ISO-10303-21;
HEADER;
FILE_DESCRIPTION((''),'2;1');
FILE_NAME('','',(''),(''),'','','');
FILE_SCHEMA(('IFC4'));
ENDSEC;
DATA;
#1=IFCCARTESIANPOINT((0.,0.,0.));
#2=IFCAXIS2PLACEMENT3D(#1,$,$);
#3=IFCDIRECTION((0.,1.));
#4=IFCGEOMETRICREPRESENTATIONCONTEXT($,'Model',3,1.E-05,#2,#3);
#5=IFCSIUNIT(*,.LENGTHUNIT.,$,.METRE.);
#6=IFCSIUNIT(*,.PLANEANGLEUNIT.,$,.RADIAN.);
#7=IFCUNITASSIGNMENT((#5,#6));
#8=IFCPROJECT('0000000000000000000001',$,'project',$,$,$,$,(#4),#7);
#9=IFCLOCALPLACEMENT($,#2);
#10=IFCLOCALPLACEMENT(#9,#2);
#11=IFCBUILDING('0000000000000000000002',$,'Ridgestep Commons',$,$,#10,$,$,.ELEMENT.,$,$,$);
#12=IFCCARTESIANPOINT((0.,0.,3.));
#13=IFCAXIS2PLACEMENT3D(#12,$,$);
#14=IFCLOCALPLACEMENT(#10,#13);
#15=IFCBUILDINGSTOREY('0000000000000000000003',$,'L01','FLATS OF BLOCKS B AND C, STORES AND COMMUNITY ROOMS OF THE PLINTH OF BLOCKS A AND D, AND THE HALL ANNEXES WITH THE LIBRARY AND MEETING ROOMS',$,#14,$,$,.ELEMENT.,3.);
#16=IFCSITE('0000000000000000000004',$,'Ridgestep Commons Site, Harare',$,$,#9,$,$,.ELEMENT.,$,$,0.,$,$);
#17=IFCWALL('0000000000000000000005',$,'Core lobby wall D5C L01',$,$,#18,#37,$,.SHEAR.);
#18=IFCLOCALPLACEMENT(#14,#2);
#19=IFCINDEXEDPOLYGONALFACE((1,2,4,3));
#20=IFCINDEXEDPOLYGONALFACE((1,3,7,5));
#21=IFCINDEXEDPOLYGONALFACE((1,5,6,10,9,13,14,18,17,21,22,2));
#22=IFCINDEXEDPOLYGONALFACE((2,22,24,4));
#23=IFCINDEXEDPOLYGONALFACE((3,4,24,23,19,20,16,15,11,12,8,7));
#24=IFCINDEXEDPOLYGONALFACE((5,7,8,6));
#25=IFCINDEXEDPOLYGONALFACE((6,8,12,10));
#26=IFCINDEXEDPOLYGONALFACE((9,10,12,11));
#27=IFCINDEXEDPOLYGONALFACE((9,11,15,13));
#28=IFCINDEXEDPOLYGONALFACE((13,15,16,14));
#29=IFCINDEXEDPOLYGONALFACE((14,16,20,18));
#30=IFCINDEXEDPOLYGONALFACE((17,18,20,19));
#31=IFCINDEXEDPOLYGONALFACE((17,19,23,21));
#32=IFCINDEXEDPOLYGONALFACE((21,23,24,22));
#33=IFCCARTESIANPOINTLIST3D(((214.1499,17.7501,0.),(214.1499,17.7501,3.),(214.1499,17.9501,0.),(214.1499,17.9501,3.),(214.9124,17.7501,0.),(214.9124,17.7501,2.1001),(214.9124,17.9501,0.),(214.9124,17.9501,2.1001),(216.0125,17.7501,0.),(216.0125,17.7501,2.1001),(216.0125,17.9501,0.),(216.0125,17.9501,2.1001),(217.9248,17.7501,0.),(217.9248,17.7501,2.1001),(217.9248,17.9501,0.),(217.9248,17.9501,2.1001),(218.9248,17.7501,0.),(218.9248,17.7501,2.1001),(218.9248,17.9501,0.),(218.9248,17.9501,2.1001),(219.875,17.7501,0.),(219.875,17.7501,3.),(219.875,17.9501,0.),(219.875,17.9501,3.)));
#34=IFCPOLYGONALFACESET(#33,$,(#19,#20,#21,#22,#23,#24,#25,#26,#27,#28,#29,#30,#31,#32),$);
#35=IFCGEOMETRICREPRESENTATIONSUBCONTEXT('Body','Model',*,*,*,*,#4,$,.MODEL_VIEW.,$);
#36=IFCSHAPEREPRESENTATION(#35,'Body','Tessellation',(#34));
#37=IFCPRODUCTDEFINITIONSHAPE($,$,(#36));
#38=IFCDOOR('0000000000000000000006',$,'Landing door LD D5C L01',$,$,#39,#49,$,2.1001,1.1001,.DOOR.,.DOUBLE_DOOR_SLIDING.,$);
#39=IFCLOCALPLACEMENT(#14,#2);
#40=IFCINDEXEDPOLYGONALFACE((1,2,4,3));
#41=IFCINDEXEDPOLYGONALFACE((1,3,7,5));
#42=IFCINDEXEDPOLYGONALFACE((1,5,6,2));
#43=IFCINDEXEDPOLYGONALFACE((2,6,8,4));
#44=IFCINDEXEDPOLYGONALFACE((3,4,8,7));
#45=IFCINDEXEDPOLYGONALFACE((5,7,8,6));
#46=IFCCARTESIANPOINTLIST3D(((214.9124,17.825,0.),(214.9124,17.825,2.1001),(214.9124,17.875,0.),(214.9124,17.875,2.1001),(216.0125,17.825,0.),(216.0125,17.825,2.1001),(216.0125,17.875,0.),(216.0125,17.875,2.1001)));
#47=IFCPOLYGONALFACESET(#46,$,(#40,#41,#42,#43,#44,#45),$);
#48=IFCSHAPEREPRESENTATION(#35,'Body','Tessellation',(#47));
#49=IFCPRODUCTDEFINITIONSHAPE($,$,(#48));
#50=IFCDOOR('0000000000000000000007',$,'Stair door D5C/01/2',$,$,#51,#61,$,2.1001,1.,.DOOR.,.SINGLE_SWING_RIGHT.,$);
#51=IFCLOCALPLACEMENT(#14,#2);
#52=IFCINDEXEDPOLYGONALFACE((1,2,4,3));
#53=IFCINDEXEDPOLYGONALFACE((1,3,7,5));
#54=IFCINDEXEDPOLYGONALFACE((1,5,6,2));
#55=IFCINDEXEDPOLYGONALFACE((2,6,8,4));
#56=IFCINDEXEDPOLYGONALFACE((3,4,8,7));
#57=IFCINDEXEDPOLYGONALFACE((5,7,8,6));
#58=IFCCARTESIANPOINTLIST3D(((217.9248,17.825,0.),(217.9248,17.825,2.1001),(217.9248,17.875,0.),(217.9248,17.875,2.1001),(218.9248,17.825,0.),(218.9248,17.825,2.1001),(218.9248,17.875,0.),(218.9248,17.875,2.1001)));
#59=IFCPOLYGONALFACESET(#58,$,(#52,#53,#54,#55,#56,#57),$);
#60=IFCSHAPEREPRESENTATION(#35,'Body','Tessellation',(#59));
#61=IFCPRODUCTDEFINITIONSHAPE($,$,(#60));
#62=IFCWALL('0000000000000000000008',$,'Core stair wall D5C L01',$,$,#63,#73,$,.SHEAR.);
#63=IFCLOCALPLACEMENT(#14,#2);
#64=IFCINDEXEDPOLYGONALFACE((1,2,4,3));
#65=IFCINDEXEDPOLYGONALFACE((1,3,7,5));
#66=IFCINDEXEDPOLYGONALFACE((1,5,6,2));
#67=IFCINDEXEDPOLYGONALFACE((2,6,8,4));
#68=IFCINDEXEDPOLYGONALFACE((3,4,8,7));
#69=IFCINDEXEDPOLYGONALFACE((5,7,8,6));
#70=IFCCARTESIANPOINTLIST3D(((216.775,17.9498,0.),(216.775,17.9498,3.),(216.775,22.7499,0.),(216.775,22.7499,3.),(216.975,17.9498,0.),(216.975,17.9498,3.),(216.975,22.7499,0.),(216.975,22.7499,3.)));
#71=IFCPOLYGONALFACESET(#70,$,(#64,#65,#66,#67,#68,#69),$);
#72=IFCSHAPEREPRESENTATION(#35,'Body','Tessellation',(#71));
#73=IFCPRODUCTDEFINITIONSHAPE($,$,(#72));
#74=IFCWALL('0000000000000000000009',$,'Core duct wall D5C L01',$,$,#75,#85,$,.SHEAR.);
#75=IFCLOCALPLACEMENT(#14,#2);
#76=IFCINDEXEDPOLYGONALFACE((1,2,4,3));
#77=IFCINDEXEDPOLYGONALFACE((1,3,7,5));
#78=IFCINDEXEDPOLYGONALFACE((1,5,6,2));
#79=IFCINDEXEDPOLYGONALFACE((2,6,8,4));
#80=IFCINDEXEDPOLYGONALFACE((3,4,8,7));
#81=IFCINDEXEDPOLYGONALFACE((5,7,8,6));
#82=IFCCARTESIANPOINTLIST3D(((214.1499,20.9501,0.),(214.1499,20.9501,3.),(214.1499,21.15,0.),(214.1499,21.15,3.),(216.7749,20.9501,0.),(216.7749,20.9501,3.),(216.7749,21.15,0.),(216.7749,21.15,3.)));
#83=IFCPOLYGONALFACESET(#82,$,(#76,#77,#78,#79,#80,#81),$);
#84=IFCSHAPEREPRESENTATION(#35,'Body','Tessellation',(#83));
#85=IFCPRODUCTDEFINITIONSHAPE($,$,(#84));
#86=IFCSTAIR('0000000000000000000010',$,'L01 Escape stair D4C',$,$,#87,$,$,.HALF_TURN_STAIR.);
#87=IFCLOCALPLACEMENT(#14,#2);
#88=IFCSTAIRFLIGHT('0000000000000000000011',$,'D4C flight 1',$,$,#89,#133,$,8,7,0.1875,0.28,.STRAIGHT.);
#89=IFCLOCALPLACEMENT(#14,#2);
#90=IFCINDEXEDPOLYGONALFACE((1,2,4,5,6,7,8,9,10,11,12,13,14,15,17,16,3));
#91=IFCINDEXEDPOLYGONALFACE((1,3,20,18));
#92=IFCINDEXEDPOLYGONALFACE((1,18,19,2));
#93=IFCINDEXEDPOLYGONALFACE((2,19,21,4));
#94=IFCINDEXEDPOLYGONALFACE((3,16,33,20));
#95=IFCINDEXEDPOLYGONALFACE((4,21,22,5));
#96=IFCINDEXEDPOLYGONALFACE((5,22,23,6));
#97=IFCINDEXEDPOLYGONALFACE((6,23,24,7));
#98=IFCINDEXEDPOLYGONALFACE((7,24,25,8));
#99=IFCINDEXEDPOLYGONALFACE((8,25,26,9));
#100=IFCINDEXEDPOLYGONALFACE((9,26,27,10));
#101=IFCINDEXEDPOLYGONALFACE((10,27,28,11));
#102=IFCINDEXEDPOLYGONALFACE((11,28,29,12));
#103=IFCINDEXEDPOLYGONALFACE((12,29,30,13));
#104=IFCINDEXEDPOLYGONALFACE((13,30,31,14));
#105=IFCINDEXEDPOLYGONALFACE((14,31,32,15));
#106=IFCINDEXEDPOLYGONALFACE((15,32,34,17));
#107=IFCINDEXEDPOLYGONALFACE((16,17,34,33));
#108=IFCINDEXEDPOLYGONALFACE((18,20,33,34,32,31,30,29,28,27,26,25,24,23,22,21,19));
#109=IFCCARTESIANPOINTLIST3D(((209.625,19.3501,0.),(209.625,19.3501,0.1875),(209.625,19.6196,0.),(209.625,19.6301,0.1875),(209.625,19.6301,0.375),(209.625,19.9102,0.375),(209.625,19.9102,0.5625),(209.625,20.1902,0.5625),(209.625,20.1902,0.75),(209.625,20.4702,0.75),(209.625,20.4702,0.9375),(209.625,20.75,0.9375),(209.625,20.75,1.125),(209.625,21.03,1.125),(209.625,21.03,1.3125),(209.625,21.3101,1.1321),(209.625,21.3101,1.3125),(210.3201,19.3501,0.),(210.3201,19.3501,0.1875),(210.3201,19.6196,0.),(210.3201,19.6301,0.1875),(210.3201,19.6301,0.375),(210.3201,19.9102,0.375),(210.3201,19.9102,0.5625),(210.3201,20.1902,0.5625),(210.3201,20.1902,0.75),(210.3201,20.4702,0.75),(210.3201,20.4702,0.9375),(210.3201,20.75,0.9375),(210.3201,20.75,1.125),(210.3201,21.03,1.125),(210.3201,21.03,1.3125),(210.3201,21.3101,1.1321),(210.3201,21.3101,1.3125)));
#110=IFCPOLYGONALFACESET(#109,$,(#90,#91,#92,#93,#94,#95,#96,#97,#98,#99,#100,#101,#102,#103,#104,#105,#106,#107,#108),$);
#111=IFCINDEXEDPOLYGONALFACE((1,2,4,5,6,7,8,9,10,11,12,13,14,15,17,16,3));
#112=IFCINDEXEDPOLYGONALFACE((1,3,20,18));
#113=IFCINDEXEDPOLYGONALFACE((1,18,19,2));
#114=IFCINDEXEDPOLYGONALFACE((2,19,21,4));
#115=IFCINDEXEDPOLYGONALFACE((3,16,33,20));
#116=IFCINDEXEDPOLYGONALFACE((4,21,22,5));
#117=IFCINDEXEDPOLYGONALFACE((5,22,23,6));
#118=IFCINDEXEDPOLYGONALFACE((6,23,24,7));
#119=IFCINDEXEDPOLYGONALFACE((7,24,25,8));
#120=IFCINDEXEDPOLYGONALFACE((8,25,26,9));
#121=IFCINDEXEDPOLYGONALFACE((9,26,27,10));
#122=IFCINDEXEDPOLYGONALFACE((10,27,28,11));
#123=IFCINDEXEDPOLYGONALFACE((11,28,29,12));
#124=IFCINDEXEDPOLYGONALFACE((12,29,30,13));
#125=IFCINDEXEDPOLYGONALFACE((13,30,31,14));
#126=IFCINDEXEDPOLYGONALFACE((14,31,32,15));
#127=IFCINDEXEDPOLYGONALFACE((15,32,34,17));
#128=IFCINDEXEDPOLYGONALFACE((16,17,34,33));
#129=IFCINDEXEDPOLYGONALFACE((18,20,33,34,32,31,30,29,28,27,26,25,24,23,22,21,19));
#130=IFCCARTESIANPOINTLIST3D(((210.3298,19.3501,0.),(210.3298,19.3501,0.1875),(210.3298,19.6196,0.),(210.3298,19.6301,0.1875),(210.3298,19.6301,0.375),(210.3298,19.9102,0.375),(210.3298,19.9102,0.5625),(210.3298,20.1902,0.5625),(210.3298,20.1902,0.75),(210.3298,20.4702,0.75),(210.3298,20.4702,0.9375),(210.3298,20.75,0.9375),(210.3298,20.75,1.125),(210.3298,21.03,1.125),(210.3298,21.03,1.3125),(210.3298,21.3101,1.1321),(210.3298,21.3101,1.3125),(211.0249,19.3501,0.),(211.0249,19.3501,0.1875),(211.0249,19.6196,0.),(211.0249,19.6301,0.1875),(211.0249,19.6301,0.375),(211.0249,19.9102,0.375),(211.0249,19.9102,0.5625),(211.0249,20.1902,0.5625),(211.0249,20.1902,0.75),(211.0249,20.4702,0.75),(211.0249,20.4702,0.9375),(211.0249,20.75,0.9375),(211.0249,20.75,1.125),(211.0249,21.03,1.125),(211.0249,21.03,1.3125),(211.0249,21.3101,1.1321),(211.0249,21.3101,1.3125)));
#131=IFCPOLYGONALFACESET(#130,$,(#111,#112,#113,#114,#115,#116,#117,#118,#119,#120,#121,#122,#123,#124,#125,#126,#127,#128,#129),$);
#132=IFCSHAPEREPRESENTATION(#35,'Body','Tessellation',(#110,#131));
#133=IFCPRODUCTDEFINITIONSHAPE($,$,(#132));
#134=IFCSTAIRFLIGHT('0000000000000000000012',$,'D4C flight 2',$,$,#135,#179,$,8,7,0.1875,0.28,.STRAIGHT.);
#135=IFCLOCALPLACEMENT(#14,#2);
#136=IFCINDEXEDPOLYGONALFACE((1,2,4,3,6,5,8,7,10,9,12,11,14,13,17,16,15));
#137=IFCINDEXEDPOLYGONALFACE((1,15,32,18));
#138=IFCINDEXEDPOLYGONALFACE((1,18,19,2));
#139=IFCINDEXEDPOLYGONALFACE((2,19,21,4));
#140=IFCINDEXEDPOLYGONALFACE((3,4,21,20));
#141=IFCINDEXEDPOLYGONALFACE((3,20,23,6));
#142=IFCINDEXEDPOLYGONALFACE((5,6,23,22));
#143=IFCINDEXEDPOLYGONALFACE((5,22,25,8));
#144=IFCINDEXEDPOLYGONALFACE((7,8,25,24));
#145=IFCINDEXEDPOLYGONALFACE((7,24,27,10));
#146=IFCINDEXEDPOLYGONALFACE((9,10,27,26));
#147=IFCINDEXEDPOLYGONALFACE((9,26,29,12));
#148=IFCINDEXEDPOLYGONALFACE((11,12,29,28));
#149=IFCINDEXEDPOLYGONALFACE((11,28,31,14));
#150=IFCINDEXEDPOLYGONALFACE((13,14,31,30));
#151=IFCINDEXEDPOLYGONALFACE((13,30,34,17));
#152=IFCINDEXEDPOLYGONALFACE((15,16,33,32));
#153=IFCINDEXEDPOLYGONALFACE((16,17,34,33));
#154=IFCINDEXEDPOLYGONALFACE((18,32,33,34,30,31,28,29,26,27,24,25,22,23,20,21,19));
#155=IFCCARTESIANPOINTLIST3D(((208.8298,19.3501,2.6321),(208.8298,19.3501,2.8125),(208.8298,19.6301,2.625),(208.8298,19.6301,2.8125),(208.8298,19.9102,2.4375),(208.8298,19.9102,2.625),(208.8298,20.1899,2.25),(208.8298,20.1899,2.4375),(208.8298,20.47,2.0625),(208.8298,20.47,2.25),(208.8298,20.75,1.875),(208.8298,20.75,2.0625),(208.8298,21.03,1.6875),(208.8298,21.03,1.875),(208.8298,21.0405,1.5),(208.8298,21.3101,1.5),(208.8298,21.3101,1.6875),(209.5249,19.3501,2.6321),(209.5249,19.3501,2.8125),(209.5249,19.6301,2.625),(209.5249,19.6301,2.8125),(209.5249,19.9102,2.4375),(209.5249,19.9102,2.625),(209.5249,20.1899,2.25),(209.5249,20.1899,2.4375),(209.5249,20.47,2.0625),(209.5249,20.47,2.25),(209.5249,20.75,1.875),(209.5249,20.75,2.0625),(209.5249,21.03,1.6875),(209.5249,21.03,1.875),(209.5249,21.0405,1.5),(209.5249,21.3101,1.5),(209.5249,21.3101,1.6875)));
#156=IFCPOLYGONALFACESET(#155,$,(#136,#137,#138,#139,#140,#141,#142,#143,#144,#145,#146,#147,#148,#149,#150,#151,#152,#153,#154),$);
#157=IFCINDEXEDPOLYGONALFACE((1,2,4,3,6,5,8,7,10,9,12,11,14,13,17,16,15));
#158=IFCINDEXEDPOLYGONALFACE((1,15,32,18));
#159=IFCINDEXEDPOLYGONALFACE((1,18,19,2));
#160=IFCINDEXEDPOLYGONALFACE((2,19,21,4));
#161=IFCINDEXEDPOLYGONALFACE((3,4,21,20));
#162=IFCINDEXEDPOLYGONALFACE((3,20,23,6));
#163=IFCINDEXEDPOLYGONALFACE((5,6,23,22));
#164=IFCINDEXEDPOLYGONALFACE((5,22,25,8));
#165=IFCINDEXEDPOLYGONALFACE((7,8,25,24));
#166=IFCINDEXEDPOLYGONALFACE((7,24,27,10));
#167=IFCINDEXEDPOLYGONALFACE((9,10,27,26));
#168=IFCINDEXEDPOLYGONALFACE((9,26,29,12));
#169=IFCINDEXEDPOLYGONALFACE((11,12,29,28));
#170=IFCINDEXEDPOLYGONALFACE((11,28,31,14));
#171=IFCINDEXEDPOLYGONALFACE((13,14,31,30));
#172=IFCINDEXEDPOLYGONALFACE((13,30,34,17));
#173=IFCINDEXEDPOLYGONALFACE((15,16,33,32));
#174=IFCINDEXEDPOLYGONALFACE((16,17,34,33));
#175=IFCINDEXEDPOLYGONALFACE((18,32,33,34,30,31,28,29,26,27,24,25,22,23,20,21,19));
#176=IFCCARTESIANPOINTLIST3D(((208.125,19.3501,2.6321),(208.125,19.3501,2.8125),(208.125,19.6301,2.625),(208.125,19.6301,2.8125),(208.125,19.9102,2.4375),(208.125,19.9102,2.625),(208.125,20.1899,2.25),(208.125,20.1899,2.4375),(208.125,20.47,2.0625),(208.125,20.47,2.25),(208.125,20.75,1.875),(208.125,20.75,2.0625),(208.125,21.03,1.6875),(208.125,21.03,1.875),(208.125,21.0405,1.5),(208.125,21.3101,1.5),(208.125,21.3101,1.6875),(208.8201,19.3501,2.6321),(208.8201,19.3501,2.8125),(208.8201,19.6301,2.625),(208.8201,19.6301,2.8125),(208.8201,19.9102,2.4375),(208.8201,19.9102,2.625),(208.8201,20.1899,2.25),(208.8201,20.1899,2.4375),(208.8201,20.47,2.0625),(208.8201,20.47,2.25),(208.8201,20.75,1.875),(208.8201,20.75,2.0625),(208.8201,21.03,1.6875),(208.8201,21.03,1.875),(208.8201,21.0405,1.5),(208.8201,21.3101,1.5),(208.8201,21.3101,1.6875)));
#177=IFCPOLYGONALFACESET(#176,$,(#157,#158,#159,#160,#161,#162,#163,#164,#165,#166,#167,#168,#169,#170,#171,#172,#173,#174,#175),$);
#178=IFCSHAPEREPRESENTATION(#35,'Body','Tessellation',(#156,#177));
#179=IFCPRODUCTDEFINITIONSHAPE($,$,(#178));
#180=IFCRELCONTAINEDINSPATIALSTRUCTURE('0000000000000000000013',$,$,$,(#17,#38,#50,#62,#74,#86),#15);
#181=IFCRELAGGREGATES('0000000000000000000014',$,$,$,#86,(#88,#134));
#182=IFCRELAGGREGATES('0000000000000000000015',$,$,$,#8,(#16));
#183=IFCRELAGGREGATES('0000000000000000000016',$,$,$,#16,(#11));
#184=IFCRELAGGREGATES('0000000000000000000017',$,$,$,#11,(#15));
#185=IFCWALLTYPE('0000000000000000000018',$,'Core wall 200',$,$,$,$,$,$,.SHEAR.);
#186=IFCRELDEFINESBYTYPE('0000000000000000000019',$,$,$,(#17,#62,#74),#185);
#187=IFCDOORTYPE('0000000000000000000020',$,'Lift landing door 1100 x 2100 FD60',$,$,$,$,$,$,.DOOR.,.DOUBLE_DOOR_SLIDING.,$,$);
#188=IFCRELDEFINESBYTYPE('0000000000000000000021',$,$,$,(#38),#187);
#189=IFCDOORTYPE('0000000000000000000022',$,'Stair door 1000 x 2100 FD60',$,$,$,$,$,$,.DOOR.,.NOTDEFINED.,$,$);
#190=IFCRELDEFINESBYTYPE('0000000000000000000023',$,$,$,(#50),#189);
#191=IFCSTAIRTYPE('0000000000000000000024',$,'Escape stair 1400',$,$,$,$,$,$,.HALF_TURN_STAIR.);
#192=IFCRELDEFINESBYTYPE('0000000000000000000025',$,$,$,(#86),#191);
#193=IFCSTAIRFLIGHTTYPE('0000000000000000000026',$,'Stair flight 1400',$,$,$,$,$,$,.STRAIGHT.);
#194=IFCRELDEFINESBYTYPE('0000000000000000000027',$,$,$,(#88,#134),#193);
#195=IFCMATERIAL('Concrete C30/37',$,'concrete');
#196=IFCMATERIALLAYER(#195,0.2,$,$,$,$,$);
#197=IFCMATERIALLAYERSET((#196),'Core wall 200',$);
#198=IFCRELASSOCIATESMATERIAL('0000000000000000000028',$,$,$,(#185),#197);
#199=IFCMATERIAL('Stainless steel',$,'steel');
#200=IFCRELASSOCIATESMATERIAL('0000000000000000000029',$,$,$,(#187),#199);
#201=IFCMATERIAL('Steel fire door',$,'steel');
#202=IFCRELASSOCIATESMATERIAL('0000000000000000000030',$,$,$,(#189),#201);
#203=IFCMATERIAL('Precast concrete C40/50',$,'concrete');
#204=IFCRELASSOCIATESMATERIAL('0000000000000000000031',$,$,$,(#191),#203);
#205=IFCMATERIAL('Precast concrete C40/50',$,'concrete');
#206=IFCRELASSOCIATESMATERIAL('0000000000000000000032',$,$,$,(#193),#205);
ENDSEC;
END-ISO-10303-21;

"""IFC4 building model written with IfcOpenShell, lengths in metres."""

from ifc_helpers import new_model, si_unit, direction, frame, frame_2d, origin, place, context, subcontext, project, spatial, polyline, rectangle, outline, extrude, material, layer, layer_set, type_object, element, fill, aggregate, save


model = new_model("IFC4")

# Units and contexts
model_context = context("Model", 3, precision=1e-05, world=origin(), true_north=direction((0.0, 1.0)))
body_context = subcontext(model_context, "Body", "Model", "MODEL_VIEW")
ifc_project = project(units=[si_unit("LENGTHUNIT", "METRE"), si_unit("PLANEANGLEUNIT", "RADIAN")], contexts=[model_context])

# Site, building, storey
site_placement = place(None, origin())
site = spatial("IfcSite", under=ifc_project, at=site_placement, Name="Ridgestep Commons Site, Harare", CompositionType="ELEMENT", RefElevation=0.0)
building_placement = place(site_placement, origin())
building = spatial("IfcBuilding", under=site, at=building_placement, Name="Ridgestep Commons", CompositionType="ELEMENT")
storey_placement = place(building_placement, frame((0.0, 0.0, 3.0)))
storey = spatial("IfcBuildingStorey", under=building, at=storey_placement, Name="L01", Description="FLATS OF BLOCKS B AND C, STORES AND COMMUNITY ROOMS OF THE PLINTH OF BLOCKS A AND D, AND THE HALL ANNEXES WITH THE LIBRARY AND MEETING ROOMS", CompositionType="ELEMENT", Elevation=3.0)

# Shared definitions
ifc_material_1 = material(Name="Concrete C30/37", Category="concrete")
ifc_layer_1 = layer(ifc_material_1, 0.2)
ifc_layer_set_1 = layer_set([ifc_layer_1], Name="Core wall 200")
wall_type_1 = type_object("IfcWallType", Name="Core wall 200", PredefinedType="SHEAR", material=ifc_layer_set_1)
ifc_material_2 = material(Name="Stainless steel", Category="steel")
door_type_1 = type_object("IfcDoorType", Name="Lift landing door 1100 x 2100 FD60", OperationType="DOUBLE_DOOR_SLIDING", PredefinedType="DOOR", material=ifc_material_2)
ifc_material_3 = material(Name="Steel fire door", Category="steel")
door_type_2 = type_object("IfcDoorType", Name="Stair door 1000 x 2100 FD60", OperationType="NOTDEFINED", PredefinedType="DOOR", material=ifc_material_3)

# Wall, openings, doors
wall_1_placement = place(storey_placement, frame((214.1499, 17.8501, 0.0), z_axis=(0.0, 0.0, 1.0), x_axis=(1.0, 0.0, 0.0)))
wall_1 = element("IfcWall", 1, at=wall_1_placement, inside=storey, type_object=wall_type_1, Name="Core lobby wall D5C L01", PredefinedType="SHEAR", context=body_context, shape_type="SweptSolid", body=[
    extrude(rectangle(XDim=5.7251, YDim=0.2, at=frame_2d((2.8625, 0.0))), origin(), (0.0, 0.0, 1.0), 3.0),
])
opening_1_placement = place(wall_1_placement, frame((3.7749, 0.0, 0.0)))
opening_1 = element("IfcOpeningElement", 2, at=opening_1_placement, cuts=wall_1, PredefinedType="OPENING", context=body_context, shape_type="SweptSolid", body=[
    extrude(rectangle(XDim=1.0, YDim=2.1001, at=frame_2d((0.5, 1.05))), frame((0.0, 0.1099, 0.0), z_axis=(0.0, -1.0, 0.0), x_axis=(1.0, 0.0, 0.0)), (0.0, 0.0, 1.0), 0.22),
])
opening_2_placement = place(wall_1_placement, frame((0.7625, 0.0, 0.0)))
opening_2 = element("IfcOpeningElement", 3, at=opening_2_placement, cuts=wall_1, PredefinedType="OPENING", context=body_context, shape_type="SweptSolid", body=[
    extrude(rectangle(XDim=1.1001, YDim=2.1001, at=frame_2d((0.55, 1.05))), frame((0.0, 0.1099, 0.0), z_axis=(0.0, -1.0, 0.0), x_axis=(1.0, 0.0, 0.0)), (0.0, 0.0, 1.0), 0.22),
])
door_1_placement = place(opening_2_placement, origin())
door_1 = element("IfcDoor", 4, at=door_1_placement, inside=storey, type_object=door_type_1, Name="Landing door LD D5C L01", OperationType="DOUBLE_DOOR_SLIDING", OverallHeight=2.1001, OverallWidth=1.1001, PredefinedType="DOOR", context=body_context, shape_type="SweptSolid", body=[
    extrude(rectangle(XDim=1.1001, YDim=2.1001, at=frame_2d((0.55, 1.05))), frame((0.0, 0.0249, 0.0), z_axis=(0.0, -1.0, 0.0), x_axis=(1.0, 0.0, 0.0)), (0.0, 0.0, 1.0), 0.05),
])
fill(opening_2, door_1)
door_2_placement = place(opening_1_placement, origin())
door_2 = element("IfcDoor", 5, at=door_2_placement, inside=storey, type_object=door_type_2, Name="Stair door D5C/01/2", OperationType="SINGLE_SWING_RIGHT", OverallHeight=2.1001, OverallWidth=1.0, PredefinedType="DOOR", context=body_context, shape_type="SweptSolid", body=[
    extrude(rectangle(XDim=1.0, YDim=2.1001, at=frame_2d((0.5, 1.05))), frame((0.0, 0.0249, 0.0), z_axis=(0.0, -1.0, 0.0), x_axis=(1.0, 0.0, 0.0)), (0.0, 0.0, 1.0), 0.05),
])
fill(opening_1, door_2)

# Walls
wall_2_placement = place(storey_placement, frame((216.875, 17.95, 0.0), z_axis=(0.0, 0.0, 1.0), x_axis=(0.0, 1.0, 0.0)))
element("IfcWall", 6, at=wall_2_placement, inside=storey, type_object=wall_type_1, Name="Core stair wall D5C L01", PredefinedType="SHEAR", context=body_context, shape_type="SweptSolid", body=[
    extrude(rectangle(XDim=4.8, YDim=0.2, at=frame_2d((2.3999, 0.0))), origin(), (0.0, 0.0, 1.0), 3.0),
])
wall_3_placement = place(storey_placement, frame((214.1499, 21.05, 0.0), z_axis=(0.0, 0.0, 1.0), x_axis=(1.0, 0.0, 0.0)))
element("IfcWall", 7, at=wall_3_placement, inside=storey, type_object=wall_type_1, Name="Core duct wall D5C L01", PredefinedType="SHEAR", context=body_context, shape_type="SweptSolid", body=[
    extrude(rectangle(XDim=2.625, YDim=0.2, at=frame_2d((1.3125, 0.0))), origin(), (0.0, 0.0, 1.0), 3.0),
])

# Stair, stair flights
ifc_material_4 = material(Name="Precast concrete C40/50", Category="concrete")
stair_type = type_object("IfcStairType", Name="Escape stair 1400", PredefinedType="HALF_TURN_STAIR", material=ifc_material_4)
stair_1_placement = place(storey_placement, origin())
stair_1 = element("IfcStair", 8, at=stair_1_placement, inside=storey, type_object=stair_type, Name="L01 Escape stair D4C", PredefinedType="HALF_TURN_STAIR")
ifc_material_5 = material(Name="Precast concrete C40/50", Category="concrete")
stair_flight_type = type_object("IfcStairFlightType", Name="Stair flight 1400", PredefinedType="STRAIGHT", material=ifc_material_5)
stair_flight_1_placement = place(storey_placement, frame((210.325, 19.3501, 0.0), z_axis=(0.0, 0.0, 1.0), x_axis=(0.0, 1.0, 0.0)))
stair_flight_1 = element("IfcStairFlight", 9, at=stair_flight_1_placement, type_object=stair_flight_type, Name="D4C flight 1", NumberOfRisers=8, NumberOfTreads=7, PredefinedType="STRAIGHT", RiserHeight=0.1875, TreadLength=0.28, context=body_context, shape_type="SweptSolid", body=[
    extrude(outline(polyline([(0.0, 0.0), (0.0, 0.1875), (0.28, 0.1875), (0.28, 0.375), (0.5601, 0.375), (0.5601, 0.5625), (0.8401, 0.5625), (0.8401, 0.75), (1.1201, 0.75), (1.1201, 0.9375), (1.3999, 0.9375), (1.3999, 1.125), (1.6799, 1.125), (1.6799, 1.3125), (1.96, 1.3125), (1.96, 1.5), (1.96, 1.1321), (0.2695, 0.0), (0.0, 0.0)])), frame((0.0, 0.7, 0.0), z_axis=(0.0, -1.0, 0.0), x_axis=(1.0, 0.0, 0.0)), (0.0, 0.0, 1.0), 0.6951),
    extrude(outline(polyline([(0.0, 0.0), (0.0, 0.1875), (0.28, 0.1875), (0.28, 0.375), (0.5601, 0.375), (0.5601, 0.5625), (0.8401, 0.5625), (0.8401, 0.75), (1.1201, 0.75), (1.1201, 0.9375), (1.3999, 0.9375), (1.3999, 1.125), (1.6799, 1.125), (1.6799, 1.3125), (1.96, 1.3125), (1.96, 1.5), (1.96, 1.1321), (0.2695, 0.0), (0.0, 0.0)])), frame((0.0, -0.0049, 0.0), z_axis=(0.0, -1.0, 0.0), x_axis=(1.0, 0.0, 0.0)), (0.0, 0.0, 1.0), 0.6951),
])
stair_flight_2_placement = place(storey_placement, frame((208.825, 21.3101, 1.5), z_axis=(0.0, 0.0, 1.0), x_axis=(0.0, -1.0, 0.0)))
stair_flight_2 = element("IfcStairFlight", 10, at=stair_flight_2_placement, type_object=stair_flight_type, Name="D4C flight 2", NumberOfRisers=8, NumberOfTreads=7, PredefinedType="STRAIGHT", RiserHeight=0.1875, TreadLength=0.28, context=body_context, shape_type="SweptSolid", body=[
    extrude(outline(polyline([(0.0, 0.0), (0.0, 0.1875), (0.28, 0.1875), (0.28, 0.375), (0.5601, 0.375), (0.5601, 0.5625), (0.8401, 0.5625), (0.8401, 0.75), (1.1201, 0.75), (1.1201, 0.9375), (1.3999, 0.9375), (1.3999, 1.125), (1.6799, 1.125), (1.6799, 1.3125), (1.96, 1.3125), (1.96, 1.5), (1.96, 1.1321), (0.2695, 0.0), (0.0, 0.0)])), frame((0.0, 0.7, 0.0), z_axis=(0.0, -1.0, 0.0), x_axis=(1.0, 0.0, 0.0)), (0.0, 0.0, 1.0), 0.6951),
    extrude(outline(polyline([(0.0, 0.0), (0.0, 0.1875), (0.28, 0.1875), (0.28, 0.375), (0.5601, 0.375), (0.5601, 0.5625), (0.8401, 0.5625), (0.8401, 0.75), (1.1201, 0.75), (1.1201, 0.9375), (1.3999, 0.9375), (1.3999, 1.125), (1.6799, 1.125), (1.6799, 1.3125), (1.96, 1.3125), (1.96, 1.5), (1.96, 1.1321), (0.2695, 0.0), (0.0, 0.0)])), frame((0.0, -0.0049, 0.0), z_axis=(0.0, -1.0, 0.0), x_axis=(1.0, 0.0, 0.0)), (0.0, 0.0, 1.0), 0.6951),
])
aggregate(stair_1, [stair_flight_1, stair_flight_2])

save(model, "model.ifc")
